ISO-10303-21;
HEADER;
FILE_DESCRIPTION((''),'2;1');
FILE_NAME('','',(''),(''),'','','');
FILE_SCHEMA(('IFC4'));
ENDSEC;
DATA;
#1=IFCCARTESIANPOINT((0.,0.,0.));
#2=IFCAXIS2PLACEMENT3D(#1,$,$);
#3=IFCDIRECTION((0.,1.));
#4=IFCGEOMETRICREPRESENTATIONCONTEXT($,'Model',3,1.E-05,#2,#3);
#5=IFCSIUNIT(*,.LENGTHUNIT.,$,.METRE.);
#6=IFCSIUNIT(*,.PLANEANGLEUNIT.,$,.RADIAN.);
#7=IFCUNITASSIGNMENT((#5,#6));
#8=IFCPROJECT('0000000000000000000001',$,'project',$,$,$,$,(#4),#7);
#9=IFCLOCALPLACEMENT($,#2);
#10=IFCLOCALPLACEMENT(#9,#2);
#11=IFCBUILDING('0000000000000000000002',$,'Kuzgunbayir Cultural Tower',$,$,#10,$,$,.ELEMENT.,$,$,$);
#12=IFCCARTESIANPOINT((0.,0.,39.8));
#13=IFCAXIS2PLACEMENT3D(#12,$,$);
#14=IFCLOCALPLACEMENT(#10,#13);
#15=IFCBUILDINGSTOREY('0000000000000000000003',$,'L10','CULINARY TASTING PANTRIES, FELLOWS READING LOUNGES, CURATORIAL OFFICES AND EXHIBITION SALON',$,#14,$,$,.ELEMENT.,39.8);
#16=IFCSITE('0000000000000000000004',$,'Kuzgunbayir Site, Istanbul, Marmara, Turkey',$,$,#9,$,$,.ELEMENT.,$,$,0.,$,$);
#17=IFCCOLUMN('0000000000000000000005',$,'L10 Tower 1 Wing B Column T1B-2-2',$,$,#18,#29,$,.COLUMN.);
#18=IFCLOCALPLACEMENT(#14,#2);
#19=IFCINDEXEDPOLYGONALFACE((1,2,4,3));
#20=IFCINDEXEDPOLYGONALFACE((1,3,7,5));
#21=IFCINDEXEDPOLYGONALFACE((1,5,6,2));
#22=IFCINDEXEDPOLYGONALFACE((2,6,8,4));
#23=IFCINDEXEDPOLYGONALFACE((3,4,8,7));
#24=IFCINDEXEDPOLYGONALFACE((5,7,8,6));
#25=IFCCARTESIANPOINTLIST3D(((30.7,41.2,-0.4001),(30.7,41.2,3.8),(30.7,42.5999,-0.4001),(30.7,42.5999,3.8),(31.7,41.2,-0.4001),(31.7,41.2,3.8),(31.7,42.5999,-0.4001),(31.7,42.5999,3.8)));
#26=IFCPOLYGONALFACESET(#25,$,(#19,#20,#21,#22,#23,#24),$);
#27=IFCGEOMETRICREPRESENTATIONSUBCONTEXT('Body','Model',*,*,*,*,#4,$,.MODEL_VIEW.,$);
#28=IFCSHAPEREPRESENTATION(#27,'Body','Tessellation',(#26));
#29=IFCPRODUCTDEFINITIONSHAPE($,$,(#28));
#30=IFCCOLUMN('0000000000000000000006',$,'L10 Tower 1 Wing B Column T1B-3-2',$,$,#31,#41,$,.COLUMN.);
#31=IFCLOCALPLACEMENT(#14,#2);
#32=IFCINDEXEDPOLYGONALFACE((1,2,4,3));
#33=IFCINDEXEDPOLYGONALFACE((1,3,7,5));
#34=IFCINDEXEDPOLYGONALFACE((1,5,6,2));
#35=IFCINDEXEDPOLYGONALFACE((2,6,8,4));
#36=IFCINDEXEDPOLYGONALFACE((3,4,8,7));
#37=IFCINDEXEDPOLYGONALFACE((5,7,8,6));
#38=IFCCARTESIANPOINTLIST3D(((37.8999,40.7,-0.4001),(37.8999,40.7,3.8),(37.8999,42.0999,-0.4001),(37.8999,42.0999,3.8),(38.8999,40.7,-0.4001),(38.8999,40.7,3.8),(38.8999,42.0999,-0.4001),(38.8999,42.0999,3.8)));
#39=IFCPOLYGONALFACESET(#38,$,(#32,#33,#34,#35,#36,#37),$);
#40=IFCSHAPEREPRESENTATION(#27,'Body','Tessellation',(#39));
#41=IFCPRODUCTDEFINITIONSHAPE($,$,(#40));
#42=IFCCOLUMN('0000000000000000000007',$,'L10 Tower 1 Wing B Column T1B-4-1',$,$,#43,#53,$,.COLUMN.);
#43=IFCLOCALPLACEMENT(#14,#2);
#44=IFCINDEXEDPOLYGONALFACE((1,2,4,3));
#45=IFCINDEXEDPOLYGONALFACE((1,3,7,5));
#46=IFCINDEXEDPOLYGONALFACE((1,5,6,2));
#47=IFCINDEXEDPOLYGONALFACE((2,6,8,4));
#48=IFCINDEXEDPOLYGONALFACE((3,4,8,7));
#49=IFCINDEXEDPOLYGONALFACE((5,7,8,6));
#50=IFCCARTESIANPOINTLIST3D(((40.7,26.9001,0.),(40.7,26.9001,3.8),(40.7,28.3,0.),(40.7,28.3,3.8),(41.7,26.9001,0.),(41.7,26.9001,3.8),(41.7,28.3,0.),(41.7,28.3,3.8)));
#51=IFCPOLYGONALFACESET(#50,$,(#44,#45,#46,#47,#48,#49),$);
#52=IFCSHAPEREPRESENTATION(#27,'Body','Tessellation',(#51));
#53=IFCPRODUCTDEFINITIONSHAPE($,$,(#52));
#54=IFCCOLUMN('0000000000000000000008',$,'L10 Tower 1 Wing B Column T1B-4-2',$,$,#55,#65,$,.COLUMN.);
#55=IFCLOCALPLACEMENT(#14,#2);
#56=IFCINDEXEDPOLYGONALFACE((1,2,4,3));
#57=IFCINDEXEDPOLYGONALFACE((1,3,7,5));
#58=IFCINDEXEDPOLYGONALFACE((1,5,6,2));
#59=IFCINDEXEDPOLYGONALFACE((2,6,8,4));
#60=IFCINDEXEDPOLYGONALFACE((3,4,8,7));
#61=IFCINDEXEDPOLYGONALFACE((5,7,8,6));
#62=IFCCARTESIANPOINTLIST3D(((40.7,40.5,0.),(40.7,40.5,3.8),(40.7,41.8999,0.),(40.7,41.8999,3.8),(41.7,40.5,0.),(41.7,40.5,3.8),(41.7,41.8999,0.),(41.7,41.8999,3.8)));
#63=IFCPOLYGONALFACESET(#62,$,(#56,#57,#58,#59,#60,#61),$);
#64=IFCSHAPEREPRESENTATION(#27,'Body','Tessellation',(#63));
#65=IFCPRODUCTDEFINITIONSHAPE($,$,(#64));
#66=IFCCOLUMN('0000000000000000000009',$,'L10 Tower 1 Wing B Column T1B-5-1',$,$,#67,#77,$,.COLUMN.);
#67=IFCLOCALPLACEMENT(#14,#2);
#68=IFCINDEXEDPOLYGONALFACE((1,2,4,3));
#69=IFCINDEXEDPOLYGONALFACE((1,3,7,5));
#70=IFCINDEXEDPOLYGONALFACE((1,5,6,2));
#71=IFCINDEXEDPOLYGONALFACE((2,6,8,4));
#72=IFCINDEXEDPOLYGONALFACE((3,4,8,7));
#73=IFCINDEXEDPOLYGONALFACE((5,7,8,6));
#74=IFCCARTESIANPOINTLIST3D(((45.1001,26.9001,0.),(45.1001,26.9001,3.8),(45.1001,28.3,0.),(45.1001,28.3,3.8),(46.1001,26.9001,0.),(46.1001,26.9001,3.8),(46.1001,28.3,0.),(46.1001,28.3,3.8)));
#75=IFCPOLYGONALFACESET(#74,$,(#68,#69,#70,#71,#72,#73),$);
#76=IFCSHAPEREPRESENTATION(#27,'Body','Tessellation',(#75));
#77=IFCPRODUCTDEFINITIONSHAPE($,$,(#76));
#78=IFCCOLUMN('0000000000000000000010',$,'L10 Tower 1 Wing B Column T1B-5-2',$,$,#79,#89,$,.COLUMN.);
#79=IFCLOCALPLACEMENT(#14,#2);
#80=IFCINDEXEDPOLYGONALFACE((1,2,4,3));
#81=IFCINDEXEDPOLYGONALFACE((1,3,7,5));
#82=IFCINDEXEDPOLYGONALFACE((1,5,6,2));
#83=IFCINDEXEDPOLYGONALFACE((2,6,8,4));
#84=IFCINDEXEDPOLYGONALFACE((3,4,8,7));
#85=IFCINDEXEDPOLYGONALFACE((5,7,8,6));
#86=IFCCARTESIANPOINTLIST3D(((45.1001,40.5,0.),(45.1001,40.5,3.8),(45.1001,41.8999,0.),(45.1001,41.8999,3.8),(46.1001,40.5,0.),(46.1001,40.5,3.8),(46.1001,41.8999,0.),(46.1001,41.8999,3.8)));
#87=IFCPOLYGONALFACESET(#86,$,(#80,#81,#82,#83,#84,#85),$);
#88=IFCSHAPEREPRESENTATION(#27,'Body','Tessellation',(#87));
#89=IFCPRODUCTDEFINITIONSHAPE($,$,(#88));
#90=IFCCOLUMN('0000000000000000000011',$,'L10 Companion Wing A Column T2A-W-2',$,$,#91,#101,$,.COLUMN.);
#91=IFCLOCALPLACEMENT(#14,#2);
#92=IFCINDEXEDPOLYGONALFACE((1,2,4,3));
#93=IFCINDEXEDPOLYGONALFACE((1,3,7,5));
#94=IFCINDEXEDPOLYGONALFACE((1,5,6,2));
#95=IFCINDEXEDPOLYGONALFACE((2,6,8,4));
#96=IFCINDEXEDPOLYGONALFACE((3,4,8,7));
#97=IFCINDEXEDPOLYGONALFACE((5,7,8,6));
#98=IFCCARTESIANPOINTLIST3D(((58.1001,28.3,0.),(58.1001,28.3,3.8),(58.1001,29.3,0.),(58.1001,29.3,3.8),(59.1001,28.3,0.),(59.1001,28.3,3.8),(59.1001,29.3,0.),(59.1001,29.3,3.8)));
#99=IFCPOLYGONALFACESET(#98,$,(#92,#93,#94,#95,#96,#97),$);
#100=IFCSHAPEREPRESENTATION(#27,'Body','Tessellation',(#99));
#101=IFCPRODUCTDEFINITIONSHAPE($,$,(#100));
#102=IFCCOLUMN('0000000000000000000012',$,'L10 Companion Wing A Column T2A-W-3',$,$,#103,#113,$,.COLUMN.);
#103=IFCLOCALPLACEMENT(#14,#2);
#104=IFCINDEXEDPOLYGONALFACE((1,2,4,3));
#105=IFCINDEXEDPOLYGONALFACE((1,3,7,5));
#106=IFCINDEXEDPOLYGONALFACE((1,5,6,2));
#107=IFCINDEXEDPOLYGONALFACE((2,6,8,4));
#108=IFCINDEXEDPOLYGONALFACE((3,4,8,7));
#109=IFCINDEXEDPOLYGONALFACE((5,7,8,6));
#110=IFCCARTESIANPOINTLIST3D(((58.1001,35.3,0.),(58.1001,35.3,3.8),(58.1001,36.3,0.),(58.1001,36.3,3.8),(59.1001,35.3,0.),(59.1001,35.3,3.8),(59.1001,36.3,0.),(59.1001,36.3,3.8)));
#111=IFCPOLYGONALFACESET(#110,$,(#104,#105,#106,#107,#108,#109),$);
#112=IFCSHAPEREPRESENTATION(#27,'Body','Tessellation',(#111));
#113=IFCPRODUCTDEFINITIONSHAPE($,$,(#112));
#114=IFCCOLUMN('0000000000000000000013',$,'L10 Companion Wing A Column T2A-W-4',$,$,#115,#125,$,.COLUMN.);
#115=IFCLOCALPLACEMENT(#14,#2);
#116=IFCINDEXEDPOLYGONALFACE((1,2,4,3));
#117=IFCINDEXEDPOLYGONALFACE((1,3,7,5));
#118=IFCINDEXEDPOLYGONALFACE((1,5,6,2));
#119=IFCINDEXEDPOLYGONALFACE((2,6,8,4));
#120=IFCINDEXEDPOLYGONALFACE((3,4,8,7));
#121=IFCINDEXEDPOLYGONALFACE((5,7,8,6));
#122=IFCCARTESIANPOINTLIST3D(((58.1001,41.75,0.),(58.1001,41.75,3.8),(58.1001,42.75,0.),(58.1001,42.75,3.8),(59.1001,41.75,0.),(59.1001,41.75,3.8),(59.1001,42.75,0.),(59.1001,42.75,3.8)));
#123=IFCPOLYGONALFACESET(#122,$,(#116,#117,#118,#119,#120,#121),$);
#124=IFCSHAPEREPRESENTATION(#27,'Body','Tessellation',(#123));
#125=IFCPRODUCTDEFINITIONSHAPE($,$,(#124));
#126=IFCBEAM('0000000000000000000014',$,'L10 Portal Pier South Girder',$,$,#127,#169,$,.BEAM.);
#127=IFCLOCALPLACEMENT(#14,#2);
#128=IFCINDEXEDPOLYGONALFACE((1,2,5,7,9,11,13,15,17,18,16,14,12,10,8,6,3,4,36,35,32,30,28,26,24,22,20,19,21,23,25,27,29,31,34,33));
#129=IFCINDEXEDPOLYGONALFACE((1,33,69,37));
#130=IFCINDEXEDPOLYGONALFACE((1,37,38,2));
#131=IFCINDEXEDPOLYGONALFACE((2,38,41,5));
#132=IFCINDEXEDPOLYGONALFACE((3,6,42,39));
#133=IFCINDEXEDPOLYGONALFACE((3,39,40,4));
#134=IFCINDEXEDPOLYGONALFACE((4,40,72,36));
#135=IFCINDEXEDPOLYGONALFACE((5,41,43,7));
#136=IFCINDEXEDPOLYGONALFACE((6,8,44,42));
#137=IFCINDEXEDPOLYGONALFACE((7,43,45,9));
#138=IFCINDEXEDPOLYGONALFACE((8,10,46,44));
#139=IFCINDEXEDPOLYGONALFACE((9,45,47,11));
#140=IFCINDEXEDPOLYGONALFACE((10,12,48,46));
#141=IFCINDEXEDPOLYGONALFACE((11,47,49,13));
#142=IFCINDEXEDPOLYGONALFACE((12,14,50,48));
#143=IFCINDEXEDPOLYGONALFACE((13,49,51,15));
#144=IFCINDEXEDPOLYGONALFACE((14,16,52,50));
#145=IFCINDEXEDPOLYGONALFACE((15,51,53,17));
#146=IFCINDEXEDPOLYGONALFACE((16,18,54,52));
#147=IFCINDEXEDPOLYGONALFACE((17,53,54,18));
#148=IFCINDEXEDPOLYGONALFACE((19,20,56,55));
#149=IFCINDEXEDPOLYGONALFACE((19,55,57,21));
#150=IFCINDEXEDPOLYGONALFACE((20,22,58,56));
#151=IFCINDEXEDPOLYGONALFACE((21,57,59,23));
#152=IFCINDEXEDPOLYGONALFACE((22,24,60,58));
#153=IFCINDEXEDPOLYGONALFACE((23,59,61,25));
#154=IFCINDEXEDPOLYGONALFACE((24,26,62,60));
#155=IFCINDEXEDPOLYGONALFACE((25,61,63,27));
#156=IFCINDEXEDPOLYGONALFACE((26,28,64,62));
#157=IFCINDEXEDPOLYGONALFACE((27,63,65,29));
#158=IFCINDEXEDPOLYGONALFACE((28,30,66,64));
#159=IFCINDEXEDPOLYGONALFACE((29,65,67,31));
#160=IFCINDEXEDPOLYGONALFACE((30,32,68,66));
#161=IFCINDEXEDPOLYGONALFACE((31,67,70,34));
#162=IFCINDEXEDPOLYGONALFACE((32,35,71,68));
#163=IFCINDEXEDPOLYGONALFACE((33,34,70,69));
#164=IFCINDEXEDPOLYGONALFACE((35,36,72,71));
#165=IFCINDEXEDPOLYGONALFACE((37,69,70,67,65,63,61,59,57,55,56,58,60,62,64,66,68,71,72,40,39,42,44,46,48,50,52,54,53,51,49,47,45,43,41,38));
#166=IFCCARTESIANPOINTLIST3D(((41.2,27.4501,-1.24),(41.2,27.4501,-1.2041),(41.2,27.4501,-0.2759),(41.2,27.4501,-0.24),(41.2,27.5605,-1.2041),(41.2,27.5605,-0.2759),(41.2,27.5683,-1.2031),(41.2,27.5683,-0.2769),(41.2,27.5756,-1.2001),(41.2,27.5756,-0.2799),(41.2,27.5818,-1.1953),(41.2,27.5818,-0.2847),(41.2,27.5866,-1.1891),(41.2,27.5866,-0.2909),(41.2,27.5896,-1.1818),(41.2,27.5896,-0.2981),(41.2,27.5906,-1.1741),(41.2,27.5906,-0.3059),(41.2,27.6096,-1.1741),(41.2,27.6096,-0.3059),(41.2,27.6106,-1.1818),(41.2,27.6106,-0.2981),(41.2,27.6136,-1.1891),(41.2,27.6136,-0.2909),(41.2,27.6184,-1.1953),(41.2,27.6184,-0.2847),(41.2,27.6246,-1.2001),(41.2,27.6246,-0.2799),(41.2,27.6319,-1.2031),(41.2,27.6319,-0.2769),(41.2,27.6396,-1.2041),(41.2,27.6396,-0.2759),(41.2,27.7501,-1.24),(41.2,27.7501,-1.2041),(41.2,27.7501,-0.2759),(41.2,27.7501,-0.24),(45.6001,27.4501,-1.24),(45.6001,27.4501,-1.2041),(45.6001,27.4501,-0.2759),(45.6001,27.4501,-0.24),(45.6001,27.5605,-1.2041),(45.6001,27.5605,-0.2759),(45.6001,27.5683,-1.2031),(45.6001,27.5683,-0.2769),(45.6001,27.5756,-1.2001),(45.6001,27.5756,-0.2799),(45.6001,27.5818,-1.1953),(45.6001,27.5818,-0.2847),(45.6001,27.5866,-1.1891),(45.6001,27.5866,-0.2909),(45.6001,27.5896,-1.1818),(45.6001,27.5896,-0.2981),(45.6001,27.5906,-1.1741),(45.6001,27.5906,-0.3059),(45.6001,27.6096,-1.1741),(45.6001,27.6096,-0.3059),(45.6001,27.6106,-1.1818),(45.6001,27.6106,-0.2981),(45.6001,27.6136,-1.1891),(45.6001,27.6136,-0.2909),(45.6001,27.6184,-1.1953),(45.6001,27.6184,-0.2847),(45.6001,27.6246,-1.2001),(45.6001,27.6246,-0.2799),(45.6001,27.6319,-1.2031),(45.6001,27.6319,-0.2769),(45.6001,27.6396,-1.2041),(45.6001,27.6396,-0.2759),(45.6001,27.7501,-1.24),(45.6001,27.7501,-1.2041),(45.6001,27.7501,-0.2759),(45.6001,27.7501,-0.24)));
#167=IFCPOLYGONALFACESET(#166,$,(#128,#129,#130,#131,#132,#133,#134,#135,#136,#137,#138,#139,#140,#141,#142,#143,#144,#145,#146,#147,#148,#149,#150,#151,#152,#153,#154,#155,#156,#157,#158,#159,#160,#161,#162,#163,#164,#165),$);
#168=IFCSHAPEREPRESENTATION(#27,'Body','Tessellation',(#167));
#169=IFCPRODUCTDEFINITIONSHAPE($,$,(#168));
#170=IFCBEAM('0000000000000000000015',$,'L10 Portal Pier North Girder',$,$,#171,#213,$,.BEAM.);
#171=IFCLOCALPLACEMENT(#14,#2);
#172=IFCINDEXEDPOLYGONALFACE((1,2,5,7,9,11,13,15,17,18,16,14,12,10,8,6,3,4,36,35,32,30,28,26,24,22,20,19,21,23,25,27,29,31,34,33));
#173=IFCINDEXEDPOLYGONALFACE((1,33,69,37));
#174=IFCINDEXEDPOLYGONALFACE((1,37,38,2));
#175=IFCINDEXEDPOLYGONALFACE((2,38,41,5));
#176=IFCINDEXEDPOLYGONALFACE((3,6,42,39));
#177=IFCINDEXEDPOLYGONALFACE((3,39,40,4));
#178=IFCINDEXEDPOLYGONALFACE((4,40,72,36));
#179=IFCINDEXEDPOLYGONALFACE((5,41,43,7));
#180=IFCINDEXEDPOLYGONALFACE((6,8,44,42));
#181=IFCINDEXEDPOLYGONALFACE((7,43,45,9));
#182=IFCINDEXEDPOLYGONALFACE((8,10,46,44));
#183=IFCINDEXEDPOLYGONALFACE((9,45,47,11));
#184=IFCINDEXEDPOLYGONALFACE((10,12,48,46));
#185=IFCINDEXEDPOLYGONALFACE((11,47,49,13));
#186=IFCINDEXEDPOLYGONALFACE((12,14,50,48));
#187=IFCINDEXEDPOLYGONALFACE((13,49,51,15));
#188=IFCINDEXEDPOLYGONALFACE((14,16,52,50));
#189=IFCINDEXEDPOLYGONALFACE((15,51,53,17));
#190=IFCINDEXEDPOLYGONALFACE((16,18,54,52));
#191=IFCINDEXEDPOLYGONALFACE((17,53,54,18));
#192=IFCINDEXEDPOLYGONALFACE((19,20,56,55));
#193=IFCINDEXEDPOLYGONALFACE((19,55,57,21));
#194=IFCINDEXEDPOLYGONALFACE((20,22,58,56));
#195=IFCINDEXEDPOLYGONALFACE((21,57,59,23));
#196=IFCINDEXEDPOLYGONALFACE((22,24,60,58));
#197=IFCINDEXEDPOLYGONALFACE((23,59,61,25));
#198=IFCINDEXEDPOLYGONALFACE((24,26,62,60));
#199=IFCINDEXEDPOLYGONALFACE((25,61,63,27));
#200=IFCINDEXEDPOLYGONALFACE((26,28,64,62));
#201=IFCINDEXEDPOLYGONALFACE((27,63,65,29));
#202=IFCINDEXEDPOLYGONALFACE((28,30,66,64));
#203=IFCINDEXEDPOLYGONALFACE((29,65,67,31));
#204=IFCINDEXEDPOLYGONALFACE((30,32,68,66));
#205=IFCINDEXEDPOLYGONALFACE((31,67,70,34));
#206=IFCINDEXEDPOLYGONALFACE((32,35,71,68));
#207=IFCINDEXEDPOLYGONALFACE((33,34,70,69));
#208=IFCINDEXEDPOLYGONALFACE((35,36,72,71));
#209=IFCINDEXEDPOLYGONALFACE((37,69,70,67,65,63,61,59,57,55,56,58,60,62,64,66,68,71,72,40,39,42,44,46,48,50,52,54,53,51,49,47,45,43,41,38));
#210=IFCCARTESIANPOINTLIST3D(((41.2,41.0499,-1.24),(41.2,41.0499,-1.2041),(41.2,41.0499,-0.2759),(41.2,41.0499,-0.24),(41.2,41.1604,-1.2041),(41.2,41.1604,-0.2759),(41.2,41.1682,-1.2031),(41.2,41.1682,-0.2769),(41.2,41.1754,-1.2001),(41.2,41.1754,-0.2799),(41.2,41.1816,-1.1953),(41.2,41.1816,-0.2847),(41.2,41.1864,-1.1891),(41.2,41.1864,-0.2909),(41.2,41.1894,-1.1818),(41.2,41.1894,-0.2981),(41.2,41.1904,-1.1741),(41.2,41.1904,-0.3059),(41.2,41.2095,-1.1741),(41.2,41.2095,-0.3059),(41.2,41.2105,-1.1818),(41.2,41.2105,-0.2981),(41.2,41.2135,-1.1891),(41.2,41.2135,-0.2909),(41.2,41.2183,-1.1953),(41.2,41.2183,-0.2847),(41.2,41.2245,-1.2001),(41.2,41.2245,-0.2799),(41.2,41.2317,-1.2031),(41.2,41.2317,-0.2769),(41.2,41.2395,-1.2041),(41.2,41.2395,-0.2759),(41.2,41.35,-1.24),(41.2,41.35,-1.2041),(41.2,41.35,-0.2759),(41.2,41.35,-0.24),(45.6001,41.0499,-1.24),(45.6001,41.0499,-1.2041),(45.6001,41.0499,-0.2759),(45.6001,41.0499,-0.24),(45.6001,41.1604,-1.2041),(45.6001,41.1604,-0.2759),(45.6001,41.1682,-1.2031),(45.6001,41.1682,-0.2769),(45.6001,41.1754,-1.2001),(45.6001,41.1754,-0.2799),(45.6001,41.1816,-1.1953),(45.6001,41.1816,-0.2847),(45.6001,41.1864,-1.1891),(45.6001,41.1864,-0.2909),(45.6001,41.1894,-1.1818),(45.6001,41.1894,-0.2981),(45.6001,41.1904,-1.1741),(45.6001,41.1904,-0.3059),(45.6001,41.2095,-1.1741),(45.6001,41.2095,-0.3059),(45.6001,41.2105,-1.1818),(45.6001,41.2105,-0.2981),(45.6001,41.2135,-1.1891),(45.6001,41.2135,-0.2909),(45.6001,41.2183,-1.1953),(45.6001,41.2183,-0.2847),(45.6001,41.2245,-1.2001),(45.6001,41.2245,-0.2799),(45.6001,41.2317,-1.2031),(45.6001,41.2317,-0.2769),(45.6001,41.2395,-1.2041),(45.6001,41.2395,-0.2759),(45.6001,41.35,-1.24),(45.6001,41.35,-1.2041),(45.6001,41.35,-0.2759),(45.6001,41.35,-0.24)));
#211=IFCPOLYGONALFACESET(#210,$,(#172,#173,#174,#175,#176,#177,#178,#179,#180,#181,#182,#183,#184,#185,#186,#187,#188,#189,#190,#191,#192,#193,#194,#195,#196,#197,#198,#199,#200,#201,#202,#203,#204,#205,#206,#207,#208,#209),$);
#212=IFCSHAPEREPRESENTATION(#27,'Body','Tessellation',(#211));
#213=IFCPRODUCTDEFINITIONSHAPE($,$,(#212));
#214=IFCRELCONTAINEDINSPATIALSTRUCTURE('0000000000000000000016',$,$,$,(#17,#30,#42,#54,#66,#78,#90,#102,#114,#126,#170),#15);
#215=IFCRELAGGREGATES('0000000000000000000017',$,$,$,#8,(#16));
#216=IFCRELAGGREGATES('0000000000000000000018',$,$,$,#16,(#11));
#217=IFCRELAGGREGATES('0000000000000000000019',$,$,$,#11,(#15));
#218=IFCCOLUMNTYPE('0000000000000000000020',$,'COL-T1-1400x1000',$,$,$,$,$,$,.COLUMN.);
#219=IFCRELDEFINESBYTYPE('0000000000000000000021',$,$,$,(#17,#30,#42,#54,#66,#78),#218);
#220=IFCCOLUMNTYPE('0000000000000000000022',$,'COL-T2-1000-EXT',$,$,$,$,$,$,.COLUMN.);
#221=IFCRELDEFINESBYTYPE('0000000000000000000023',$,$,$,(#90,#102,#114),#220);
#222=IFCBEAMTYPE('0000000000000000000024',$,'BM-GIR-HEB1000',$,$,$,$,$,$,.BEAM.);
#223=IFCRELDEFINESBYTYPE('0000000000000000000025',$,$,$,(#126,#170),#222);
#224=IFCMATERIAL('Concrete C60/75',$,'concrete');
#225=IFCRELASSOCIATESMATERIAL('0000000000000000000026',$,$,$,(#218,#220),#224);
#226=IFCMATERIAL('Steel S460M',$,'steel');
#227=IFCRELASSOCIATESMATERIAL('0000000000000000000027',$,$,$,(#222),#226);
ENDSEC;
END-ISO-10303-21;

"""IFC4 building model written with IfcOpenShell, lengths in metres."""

from ifc_helpers import new_model, si_unit, direction, frame, origin, origin_2d, place, context, subcontext, project, spatial, rectangle, i_section, extrude, material, material_profile, profile_set, type_object, element, save


model = new_model("IFC4")

# Units and contexts
model_context = context("Model", 3, precision=1e-05, world=origin(), true_north=direction((0.0, 1.0)))
body_context = subcontext(model_context, "Body", "Model", "MODEL_VIEW")
ifc_project = project(units=[si_unit("LENGTHUNIT", "METRE"), si_unit("PLANEANGLEUNIT", "RADIAN")], contexts=[model_context])

# Site, building, storey
site_placement = place(None, origin())
site = spatial("IfcSite", under=ifc_project, at=site_placement, Name="Kuzgunbayir Site, Istanbul, Marmara, Turkey", CompositionType="ELEMENT", RefElevation=0.0)
building_placement = place(site_placement, origin())
building = spatial("IfcBuilding", under=site, at=building_placement, Name="Kuzgunbayir Cultural Tower", CompositionType="ELEMENT")
storey_placement = place(building_placement, frame((0.0, 0.0, 39.8)))
storey = spatial("IfcBuildingStorey", under=building, at=storey_placement, Name="L10", Description="CULINARY TASTING PANTRIES, FELLOWS READING LOUNGES, CURATORIAL OFFICES AND EXHIBITION SALON", CompositionType="ELEMENT", Elevation=39.8)

# Columns
ifc_material_1 = material(Name="Concrete C60/75", Category="concrete")
ifc_material_profile_1 = material_profile(ifc_material_1, rectangle(XDim=1.0, YDim=1.3999, at=origin_2d()), Name="RC 1400x1000")
ifc_profile_set_1 = profile_set([ifc_material_profile_1], Name="Concrete C60/75")
column_type_1 = type_object("IfcColumnType", Name="COL-T1-1400x1000", PredefinedType="COLUMN", material=ifc_profile_set_1)
for number, where, z_axis, x_axis, name in (
    (1, (31.2, 41.8999, -0.4001), (0.0, 0.0, 1.0), (1.0, 0.0, 0.0), "L10 Tower 1 Wing B Column T1B-2-2"),
    (2, (38.3999, 41.3999, -0.4001), (0.0, 0.0, 1.0), (1.0, 0.0, 0.0), "L10 Tower 1 Wing B Column T1B-3-2"),
):
    element("IfcColumn", number, at=place(storey_placement, frame(where, z_axis=z_axis, x_axis=x_axis)), inside=storey, type_object=column_type_1, Name=name, PredefinedType="COLUMN", context=body_context, shape_type="SweptSolid", body=[
        extrude(rectangle(XDim=1.0, YDim=1.3999, at=origin_2d()), origin(), (0.0, 0.0, 1.0), 4.2002),
    ])
for number, where, z_axis, x_axis, name in (
    (3, (41.2, 27.6001, 0.0), (0.0, 0.0, 1.0), (1.0, 0.0, 0.0), "L10 Tower 1 Wing B Column T1B-4-1"),
    (4, (41.2, 41.2, 0.0), (0.0, 0.0, 1.0), (1.0, 0.0, 0.0), "L10 Tower 1 Wing B Column T1B-4-2"),
    (5, (45.6001, 27.6001, 0.0), (0.0, 0.0, 1.0), (1.0, 0.0, 0.0), "L10 Tower 1 Wing B Column T1B-5-1"),
    (6, (45.6001, 41.2, 0.0), (0.0, 0.0, 1.0), (1.0, 0.0, 0.0), "L10 Tower 1 Wing B Column T1B-5-2"),
):
    element("IfcColumn", number, at=place(storey_placement, frame(where, z_axis=z_axis, x_axis=x_axis)), inside=storey, type_object=column_type_1, Name=name, PredefinedType="COLUMN", context=body_context, shape_type="SweptSolid", body=[
        extrude(rectangle(XDim=1.0, YDim=1.3999, at=origin_2d()), origin(), (0.0, 0.0, 1.0), 3.8),
    ])
ifc_material_profile_2 = material_profile(ifc_material_1, rectangle(XDim=1.0, YDim=1.0, at=origin_2d()), Name="RC 1000x1000")
ifc_profile_set_2 = profile_set([ifc_material_profile_2], Name="Concrete C60/75")
column_type_2 = type_object("IfcColumnType", Name="COL-T2-1000-EXT", PredefinedType="COLUMN", material=ifc_profile_set_2)
for number, where, z_axis, x_axis, name in (
    (7, (58.6001, 28.8, 0.0), (0.0, 0.0, 1.0), (1.0, 0.0, 0.0), "L10 Companion Wing A Column T2A-W-2"),
    (8, (58.6001, 35.8, 0.0), (0.0, 0.0, 1.0), (1.0, 0.0, 0.0), "L10 Companion Wing A Column T2A-W-3"),
    (9, (58.6001, 42.25, 0.0), (0.0, 0.0, 1.0), (1.0, 0.0, 0.0), "L10 Companion Wing A Column T2A-W-4"),
):
    element("IfcColumn", number, at=place(storey_placement, frame(where, z_axis=z_axis, x_axis=x_axis)), inside=storey, type_object=column_type_2, Name=name, PredefinedType="COLUMN", context=body_context, shape_type="SweptSolid", body=[
        extrude(rectangle(XDim=1.0, YDim=1.0, at=origin_2d()), origin(), (0.0, 0.0, 1.0), 3.8),
    ])

# Beams
ifc_material_2 = material(Name="Steel S460M", Category="steel")
ifc_material_profile_3 = material_profile(ifc_material_2, i_section(OverallWidth=0.3, OverallDepth=1.0, WebThickness=0.019, FlangeThickness=0.0359, FilletRadius=0.03, at=origin_2d()), Name="HEB 1000")
ifc_profile_set_3 = profile_set([ifc_material_profile_3], Name="Steel S460M")
beam_type_1 = type_object("IfcBeamType", Name="BM-GIR-HEB1000", PredefinedType="BEAM", material=ifc_profile_set_3)
for number, where, z_axis, x_axis, name in (
    (10, (41.2, 27.6001, -0.74), (1.0, 0.0, 0.0), (0.0, 1.0, 0.0), "L10 Portal Pier South Girder"),
    (11, (41.2, 41.2, -0.74), (1.0, 0.0, 0.0), (0.0, 1.0, 0.0), "L10 Portal Pier North Girder"),
):
    element("IfcBeam", number, at=place(storey_placement, frame(where, z_axis=z_axis, x_axis=x_axis)), inside=storey, type_object=beam_type_1, Name=name, PredefinedType="BEAM", context=body_context, shape_type="SweptSolid", body=[
        extrude(i_section(OverallWidth=0.3, OverallDepth=1.0, WebThickness=0.019, FlangeThickness=0.0359, FilletRadius=0.03, at=origin_2d()), origin(), (0.0, 0.0, 1.0), 4.4001),
    ])

save(model, "model.ifc")
